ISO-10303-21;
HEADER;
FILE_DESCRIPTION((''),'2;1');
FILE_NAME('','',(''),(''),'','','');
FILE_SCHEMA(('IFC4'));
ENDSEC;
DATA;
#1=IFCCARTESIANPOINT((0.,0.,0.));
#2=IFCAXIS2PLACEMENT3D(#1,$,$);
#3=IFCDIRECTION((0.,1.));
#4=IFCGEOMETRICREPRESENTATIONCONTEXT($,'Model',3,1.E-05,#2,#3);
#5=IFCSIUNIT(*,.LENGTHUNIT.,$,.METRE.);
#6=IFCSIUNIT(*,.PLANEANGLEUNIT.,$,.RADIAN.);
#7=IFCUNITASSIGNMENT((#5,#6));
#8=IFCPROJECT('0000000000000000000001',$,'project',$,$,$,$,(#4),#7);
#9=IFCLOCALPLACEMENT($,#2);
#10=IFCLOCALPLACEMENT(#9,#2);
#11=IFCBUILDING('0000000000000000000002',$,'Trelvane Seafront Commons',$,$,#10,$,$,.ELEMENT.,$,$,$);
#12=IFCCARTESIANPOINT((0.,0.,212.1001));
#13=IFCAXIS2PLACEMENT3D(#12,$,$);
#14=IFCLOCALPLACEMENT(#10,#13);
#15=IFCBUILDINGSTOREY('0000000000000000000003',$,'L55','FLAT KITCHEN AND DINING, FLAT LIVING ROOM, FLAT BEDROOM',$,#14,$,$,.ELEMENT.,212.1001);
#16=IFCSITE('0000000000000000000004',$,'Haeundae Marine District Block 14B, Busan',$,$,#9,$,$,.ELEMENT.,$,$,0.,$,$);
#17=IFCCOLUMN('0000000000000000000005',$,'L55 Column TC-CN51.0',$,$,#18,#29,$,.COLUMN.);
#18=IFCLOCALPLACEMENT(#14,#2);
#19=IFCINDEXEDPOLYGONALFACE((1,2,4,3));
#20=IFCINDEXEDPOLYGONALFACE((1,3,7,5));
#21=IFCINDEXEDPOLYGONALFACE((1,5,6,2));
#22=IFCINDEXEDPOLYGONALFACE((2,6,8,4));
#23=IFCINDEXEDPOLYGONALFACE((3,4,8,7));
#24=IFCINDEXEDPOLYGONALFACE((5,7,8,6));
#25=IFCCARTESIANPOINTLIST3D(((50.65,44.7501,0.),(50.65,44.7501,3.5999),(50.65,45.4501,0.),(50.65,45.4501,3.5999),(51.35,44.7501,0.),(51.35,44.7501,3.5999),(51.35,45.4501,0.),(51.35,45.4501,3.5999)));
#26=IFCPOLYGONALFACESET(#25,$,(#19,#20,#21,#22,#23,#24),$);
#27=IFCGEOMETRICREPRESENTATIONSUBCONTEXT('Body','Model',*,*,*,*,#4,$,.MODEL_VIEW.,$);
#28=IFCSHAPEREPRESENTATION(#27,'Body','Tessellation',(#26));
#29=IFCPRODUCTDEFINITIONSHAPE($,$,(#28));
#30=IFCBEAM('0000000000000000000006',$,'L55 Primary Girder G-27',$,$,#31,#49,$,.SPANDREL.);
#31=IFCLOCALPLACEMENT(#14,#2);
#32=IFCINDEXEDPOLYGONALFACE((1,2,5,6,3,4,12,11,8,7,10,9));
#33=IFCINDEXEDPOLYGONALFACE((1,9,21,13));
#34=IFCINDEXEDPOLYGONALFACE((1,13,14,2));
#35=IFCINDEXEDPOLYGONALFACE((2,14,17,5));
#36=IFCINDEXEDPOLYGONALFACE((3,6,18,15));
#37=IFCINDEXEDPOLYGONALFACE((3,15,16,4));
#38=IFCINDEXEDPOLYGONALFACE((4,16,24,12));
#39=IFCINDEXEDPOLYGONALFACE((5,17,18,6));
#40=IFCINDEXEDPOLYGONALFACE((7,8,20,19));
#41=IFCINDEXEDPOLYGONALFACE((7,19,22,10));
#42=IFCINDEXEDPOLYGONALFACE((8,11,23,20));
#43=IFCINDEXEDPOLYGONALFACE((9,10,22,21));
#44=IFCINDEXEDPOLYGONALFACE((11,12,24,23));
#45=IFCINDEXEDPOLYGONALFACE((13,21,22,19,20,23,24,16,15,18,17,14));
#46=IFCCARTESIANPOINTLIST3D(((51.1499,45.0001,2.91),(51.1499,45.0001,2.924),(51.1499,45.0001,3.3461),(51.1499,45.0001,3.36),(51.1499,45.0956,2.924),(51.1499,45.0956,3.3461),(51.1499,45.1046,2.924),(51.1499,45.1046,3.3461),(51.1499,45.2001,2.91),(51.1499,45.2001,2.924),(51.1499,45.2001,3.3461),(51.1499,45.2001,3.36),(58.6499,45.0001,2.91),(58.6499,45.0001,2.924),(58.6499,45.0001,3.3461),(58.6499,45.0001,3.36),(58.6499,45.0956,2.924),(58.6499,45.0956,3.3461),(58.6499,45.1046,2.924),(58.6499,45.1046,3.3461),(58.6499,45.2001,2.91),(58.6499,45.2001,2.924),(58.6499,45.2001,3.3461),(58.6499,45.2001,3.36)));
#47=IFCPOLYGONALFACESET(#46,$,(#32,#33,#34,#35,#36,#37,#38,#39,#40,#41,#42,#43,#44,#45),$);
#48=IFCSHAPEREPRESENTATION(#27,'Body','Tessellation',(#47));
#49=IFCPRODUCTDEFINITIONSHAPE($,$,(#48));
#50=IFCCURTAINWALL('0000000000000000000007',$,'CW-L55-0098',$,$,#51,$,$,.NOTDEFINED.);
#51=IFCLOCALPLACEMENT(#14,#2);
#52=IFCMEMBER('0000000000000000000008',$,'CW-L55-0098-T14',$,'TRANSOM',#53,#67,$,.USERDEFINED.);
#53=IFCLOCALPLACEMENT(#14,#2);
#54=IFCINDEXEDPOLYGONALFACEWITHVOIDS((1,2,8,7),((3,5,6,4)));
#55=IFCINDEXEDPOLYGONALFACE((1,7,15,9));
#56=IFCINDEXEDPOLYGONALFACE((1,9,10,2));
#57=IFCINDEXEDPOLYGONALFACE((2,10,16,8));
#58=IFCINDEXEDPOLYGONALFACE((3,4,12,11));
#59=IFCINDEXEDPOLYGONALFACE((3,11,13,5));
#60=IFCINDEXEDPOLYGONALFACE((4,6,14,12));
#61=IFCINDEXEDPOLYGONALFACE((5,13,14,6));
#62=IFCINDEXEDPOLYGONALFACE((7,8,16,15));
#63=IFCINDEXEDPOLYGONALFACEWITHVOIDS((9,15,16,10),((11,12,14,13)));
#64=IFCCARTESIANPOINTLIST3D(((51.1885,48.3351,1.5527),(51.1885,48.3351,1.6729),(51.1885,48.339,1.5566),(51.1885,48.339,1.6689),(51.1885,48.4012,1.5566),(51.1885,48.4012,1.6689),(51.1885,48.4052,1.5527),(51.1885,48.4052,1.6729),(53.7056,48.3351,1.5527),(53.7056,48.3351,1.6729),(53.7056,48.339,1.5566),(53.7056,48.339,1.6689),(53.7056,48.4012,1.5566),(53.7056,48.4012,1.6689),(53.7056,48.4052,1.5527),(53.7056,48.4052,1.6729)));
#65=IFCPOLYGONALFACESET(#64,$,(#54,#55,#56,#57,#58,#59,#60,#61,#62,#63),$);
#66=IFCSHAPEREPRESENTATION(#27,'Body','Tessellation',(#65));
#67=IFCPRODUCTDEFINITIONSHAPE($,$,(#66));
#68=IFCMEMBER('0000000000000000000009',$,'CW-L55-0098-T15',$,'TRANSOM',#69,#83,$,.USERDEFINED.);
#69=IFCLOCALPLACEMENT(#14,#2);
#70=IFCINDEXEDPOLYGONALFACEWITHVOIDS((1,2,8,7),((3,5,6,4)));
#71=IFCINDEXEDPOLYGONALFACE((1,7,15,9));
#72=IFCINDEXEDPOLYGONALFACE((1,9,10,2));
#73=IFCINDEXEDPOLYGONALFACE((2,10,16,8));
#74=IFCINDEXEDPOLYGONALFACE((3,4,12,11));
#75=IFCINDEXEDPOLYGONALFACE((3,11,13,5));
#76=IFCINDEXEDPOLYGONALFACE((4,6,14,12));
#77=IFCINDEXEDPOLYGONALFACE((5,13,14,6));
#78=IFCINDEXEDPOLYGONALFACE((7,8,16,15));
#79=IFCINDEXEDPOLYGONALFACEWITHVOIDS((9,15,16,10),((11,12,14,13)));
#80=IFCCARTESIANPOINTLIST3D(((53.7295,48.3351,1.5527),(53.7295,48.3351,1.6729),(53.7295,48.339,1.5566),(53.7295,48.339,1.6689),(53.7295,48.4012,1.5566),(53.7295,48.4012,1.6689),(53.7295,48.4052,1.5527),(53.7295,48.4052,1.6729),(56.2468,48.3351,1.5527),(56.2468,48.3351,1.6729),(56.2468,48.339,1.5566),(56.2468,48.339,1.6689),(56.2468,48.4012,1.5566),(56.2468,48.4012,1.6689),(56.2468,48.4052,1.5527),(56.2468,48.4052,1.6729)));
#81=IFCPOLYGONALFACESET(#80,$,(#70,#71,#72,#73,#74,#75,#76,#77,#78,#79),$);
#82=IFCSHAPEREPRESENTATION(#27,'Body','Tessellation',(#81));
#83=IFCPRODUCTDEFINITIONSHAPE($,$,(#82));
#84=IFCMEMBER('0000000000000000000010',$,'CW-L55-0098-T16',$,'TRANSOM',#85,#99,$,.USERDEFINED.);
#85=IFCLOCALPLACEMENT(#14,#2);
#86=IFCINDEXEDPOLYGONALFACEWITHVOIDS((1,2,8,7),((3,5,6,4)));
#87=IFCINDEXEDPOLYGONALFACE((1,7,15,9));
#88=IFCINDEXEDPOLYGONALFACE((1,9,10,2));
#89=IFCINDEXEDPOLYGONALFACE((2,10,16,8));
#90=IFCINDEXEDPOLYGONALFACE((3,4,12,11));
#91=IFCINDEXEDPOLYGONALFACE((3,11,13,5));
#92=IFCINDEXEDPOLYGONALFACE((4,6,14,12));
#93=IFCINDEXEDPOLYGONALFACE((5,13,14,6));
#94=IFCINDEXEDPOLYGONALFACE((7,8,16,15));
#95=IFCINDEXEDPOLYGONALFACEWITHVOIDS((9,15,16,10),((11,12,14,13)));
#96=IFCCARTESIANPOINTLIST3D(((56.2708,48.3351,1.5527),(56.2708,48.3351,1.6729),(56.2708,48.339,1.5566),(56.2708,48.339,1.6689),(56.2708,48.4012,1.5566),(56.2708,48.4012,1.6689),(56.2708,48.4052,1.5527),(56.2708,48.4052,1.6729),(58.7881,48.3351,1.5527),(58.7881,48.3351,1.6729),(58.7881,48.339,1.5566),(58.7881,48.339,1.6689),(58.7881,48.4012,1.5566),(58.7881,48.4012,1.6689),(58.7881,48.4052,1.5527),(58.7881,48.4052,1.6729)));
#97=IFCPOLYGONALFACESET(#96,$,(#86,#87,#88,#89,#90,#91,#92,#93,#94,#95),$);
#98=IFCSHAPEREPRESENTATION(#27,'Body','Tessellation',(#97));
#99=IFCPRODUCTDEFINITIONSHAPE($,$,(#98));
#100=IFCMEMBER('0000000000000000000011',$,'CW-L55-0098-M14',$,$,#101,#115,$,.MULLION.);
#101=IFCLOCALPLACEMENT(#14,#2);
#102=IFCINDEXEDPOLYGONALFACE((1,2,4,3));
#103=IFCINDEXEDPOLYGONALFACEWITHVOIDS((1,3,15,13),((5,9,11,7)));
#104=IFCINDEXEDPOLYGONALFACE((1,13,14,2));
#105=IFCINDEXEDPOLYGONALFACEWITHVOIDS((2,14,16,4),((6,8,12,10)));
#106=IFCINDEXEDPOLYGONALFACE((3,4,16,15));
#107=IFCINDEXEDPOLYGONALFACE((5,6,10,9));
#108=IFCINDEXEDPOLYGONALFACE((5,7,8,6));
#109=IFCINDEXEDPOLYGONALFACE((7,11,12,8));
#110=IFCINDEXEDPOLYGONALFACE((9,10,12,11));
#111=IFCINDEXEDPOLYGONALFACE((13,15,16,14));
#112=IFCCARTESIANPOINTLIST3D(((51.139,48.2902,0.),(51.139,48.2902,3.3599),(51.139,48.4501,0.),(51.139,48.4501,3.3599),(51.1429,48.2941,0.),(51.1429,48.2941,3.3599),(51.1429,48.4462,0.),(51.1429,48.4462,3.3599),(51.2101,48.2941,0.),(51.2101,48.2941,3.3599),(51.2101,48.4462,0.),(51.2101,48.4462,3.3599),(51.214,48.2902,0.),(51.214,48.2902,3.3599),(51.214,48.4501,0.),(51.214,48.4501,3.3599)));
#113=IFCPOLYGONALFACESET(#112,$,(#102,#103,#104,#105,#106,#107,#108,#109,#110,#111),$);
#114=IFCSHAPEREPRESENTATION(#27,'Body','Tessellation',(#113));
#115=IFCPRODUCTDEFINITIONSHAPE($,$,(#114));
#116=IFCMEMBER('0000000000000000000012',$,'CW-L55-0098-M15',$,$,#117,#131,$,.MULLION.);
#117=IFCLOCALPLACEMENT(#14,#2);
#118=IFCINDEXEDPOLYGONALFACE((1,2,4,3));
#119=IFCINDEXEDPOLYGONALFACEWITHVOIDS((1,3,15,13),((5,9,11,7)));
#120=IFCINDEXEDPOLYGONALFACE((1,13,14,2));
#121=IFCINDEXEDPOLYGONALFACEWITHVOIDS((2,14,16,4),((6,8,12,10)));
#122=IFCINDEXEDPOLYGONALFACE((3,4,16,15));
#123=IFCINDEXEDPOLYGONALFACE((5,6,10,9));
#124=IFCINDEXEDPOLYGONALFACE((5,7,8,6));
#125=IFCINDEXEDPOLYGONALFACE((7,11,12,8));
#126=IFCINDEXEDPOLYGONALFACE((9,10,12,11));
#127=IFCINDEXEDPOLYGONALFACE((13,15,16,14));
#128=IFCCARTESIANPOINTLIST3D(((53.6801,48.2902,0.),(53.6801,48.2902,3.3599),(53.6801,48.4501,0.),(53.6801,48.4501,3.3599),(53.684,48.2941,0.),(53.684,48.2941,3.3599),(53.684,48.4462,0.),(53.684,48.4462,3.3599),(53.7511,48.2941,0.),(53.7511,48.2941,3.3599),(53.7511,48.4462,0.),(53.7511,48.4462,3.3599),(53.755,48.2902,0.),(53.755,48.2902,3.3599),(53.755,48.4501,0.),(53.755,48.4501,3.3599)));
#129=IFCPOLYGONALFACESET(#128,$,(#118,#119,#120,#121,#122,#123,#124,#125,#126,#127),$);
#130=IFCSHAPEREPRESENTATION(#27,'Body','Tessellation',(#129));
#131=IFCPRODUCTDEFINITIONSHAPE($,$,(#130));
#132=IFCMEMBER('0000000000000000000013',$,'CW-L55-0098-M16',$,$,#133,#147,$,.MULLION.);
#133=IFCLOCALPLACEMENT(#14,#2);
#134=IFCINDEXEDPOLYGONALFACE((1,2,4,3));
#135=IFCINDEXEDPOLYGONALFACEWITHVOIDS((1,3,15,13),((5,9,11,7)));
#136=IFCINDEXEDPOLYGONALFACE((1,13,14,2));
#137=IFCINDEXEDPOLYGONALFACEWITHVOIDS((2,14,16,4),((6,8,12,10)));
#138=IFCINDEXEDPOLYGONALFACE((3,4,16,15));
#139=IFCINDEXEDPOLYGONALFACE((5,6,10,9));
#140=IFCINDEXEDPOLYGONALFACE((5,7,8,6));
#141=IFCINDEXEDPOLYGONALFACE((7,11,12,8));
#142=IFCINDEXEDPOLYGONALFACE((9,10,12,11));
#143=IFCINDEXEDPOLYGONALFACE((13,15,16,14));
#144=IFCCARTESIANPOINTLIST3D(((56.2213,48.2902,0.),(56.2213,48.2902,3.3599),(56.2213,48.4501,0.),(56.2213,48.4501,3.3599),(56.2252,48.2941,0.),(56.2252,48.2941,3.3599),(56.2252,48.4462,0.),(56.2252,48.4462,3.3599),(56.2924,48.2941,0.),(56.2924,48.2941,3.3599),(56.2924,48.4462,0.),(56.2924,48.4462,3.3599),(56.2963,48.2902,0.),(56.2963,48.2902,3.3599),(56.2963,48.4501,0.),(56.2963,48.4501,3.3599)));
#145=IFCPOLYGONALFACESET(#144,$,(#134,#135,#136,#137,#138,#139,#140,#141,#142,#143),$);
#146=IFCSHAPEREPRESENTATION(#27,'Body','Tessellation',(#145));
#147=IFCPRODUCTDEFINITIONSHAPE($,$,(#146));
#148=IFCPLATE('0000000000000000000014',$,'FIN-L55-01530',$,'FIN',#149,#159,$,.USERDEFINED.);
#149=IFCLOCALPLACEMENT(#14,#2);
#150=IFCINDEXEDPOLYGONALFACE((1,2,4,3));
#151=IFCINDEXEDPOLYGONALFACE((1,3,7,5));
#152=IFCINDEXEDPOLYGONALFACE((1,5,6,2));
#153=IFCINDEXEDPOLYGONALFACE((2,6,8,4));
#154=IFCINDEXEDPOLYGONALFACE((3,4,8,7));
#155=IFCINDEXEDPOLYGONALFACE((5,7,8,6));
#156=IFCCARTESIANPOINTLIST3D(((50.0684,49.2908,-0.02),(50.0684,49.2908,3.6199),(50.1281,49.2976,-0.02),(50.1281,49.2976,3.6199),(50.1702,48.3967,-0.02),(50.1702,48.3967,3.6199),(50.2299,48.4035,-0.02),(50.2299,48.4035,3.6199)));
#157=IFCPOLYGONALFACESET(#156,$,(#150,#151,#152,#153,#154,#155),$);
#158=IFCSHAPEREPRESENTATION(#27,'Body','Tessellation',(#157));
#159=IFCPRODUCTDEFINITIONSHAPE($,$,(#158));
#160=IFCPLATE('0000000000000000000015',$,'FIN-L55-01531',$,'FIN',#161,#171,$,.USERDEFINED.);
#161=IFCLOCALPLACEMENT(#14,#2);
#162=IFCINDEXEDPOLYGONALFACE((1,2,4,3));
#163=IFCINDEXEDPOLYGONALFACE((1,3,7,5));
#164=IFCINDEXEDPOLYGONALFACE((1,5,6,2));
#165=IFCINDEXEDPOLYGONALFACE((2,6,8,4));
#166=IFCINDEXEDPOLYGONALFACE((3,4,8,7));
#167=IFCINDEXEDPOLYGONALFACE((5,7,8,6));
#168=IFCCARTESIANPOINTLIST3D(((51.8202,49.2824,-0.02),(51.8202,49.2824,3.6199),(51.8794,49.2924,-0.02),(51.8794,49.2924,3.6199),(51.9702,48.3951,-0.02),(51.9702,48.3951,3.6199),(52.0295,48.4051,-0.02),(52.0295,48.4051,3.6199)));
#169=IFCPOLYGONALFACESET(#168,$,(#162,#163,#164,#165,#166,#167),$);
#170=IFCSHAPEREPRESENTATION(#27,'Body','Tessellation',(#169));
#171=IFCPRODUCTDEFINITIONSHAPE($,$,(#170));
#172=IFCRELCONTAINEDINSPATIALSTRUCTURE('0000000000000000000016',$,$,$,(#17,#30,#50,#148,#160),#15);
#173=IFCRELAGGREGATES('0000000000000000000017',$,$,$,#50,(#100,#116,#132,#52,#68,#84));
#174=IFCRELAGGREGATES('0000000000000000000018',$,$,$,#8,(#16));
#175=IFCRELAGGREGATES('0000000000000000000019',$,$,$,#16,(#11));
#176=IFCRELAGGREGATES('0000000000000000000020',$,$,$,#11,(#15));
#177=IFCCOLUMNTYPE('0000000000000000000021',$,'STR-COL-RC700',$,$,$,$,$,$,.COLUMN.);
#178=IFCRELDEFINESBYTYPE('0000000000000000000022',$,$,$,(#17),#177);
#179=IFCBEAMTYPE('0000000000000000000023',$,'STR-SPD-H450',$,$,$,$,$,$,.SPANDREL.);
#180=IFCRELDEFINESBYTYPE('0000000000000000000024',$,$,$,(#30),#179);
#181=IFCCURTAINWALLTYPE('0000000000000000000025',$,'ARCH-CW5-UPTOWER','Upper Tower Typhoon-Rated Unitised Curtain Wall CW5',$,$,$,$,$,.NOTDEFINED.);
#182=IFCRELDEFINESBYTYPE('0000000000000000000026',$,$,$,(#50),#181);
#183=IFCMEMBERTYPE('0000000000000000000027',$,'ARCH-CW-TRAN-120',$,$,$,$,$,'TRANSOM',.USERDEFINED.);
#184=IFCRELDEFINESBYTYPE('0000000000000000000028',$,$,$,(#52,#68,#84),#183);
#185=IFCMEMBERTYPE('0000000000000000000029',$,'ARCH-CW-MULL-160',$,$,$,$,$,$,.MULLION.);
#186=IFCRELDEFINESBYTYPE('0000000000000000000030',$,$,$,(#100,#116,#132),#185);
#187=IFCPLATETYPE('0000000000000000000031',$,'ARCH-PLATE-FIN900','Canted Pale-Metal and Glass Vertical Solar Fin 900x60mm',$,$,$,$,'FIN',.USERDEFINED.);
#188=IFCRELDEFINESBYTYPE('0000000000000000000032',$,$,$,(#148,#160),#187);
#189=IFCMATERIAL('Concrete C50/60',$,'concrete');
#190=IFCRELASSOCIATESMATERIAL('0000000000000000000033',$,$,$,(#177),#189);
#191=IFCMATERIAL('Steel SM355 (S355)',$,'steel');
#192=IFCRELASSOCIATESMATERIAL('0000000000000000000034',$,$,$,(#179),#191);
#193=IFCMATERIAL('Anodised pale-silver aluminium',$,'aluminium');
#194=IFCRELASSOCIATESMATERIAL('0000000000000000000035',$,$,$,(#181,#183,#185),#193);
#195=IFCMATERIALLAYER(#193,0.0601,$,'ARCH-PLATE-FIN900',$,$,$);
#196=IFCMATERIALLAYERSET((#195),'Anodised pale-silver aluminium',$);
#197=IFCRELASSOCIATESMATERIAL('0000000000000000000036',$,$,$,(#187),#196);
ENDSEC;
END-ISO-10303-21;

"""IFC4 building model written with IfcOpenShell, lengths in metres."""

from ifc_helpers import new_model, si_unit, direction, frame, origin, origin_2d, place, context, subcontext, project, spatial, rectangle, hollow_rectangle, i_section, extrude, source, transform, mapped, material, layer, layer_set, material_profile, profile_set, type_object, element, aggregate, save


model = new_model("IFC4")

# Units and contexts
model_context = context("Model", 3, precision=1e-05, world=origin(), true_north=direction((0.0, 1.0)))
body_context = subcontext(model_context, "Body", "Model", "MODEL_VIEW")
ifc_project = project(units=[si_unit("LENGTHUNIT", "METRE"), si_unit("PLANEANGLEUNIT", "RADIAN")], contexts=[model_context])

# Site, building, storey
site_placement = place(None, origin())
site = spatial("IfcSite", under=ifc_project, at=site_placement, Name="Haeundae Marine District Block 14B, Busan", CompositionType="ELEMENT", RefElevation=0.0)
building_placement = place(site_placement, origin())
building = spatial("IfcBuilding", under=site, at=building_placement, Name="Trelvane Seafront Commons", CompositionType="ELEMENT")
storey_placement = place(building_placement, frame((0.0, 0.0, 212.1001)))
storey = spatial("IfcBuildingStorey", under=building, at=storey_placement, Name="L55", Description="FLAT KITCHEN AND DINING, FLAT LIVING ROOM, FLAT BEDROOM", CompositionType="ELEMENT", Elevation=212.1001)

# Column
ifc_material_1 = material(Name="Concrete C50/60", Category="concrete")
ifc_material_profile_1 = material_profile(ifc_material_1, rectangle(XDim=0.7, YDim=0.7, at=origin_2d()), Name="RC-700x700")
ifc_profile_set_1 = profile_set([ifc_material_profile_1], Name="Concrete C50/60")
column_type = type_object("IfcColumnType", Name="STR-COL-RC700", PredefinedType="COLUMN", material=ifc_profile_set_1)
shared_shape_1 = source(origin(), body_context, "Body", "SweptSolid", [
    extrude(rectangle(XDim=0.7, YDim=0.7, at=origin_2d()), origin(), (0.0, 0.0, 1.0), 3.5999),
])
column_placement = place(storey_placement, frame((51.0, 45.1001, 0.0), z_axis=(0.0, 0.0, 1.0), x_axis=(1.0, 0.0, 0.0)))
element("IfcColumn", 1, at=column_placement, inside=storey, type_object=column_type, Name="L55 Column TC-CN51.0", PredefinedType="COLUMN", context=body_context, shape_type="MappedRepresentation", body=[
    mapped(shared_shape_1, transform((0.0, 0.0, 0.0), x_axis=(1.0, 0.0, 0.0), y_axis=(0.0, 1.0, 0.0), z_axis=(0.0, 0.0, 1.0), scale=1.0)),
])

# Beam
ifc_material_2 = material(Name="Steel SM355 (S355)", Category="steel")
ifc_material_profile_2 = material_profile(ifc_material_2, i_section(OverallWidth=0.2, OverallDepth=0.45, WebThickness=0.009, FlangeThickness=0.0139, at=origin_2d()), Name="H-450x200x9x14")
ifc_profile_set_2 = profile_set([ifc_material_profile_2], Name="Steel SM355 (S355)")
beam_type = type_object("IfcBeamType", Name="STR-SPD-H450", PredefinedType="SPANDREL", material=ifc_profile_set_2)
shared_shape_2 = source(origin(), body_context, "Body", "SweptSolid", [
    extrude(i_section(OverallWidth=0.2, OverallDepth=0.45, WebThickness=0.009, FlangeThickness=0.0139, at=origin_2d()), origin(), (0.0, 0.0, 1.0), 7.5),
])
beam_placement = place(storey_placement, frame((51.1499, 45.1001, 3.135), z_axis=(1.0, 0.0, 0.0), x_axis=(0.0, 1.0, 0.0)))
element("IfcBeam", 2, at=beam_placement, inside=storey, type_object=beam_type, Name="L55 Primary Girder G-27", PredefinedType="SPANDREL", context=body_context, shape_type="MappedRepresentation", body=[
    mapped(shared_shape_2, transform((0.0, 0.0, 0.0), x_axis=(1.0, 0.0, 0.0), y_axis=(0.0, 1.0, 0.0), z_axis=(0.0, 0.0, 1.0), scale=1.0)),
])

# Curtain wall, members
ifc_material_3 = material(Name="Anodised pale-silver aluminium", Category="aluminium")
curtain_wall_type = type_object("IfcCurtainWallType", Name="ARCH-CW5-UPTOWER", Description="Upper Tower Typhoon-Rated Unitised Curtain Wall CW5", PredefinedType="NOTDEFINED", material=ifc_material_3)
curtain_wall_placement = place(storey_placement, origin())
curtain_wall = element("IfcCurtainWall", 3, at=curtain_wall_placement, inside=storey, type_object=curtain_wall_type, Name="CW-L55-0098", PredefinedType="NOTDEFINED")
ifc_material_profile_3 = material_profile(ifc_material_3, hollow_rectangle(XDim=0.0701, YDim=0.1201, WallThickness=0.0039, at=origin_2d()), Name="TRAN-70x120x4")
ifc_profile_set_3 = profile_set([ifc_material_profile_3], Name="Anodised pale-silver aluminium")
member_type_1 = type_object("IfcMemberType", Name="ARCH-CW-TRAN-120", ElementType="TRANSOM", PredefinedType="USERDEFINED", material=ifc_profile_set_3)
shared_shape_3 = source(origin(), body_context, "Body", "SweptSolid", [
    extrude(hollow_rectangle(XDim=0.0701, YDim=0.1201, WallThickness=0.0039, at=origin_2d()), origin(), (0.0, 0.0, 1.0), 2.5171),
])
member_1_placement = place(storey_placement, frame((51.1885, 48.3701, 1.6128), z_axis=(1.0, 0.0, 0.0), x_axis=(0.0, 1.0, 0.0)))
member_1 = element("IfcMember", 4, at=member_1_placement, type_object=member_type_1, Name="CW-L55-0098-T14", ObjectType="TRANSOM", PredefinedType="USERDEFINED", context=body_context, shape_type="MappedRepresentation", body=[
    mapped(shared_shape_3, transform((0.0, 0.0, 0.0), x_axis=(1.0, 0.0, 0.0), y_axis=(0.0, 1.0, 0.0), z_axis=(0.0, 0.0, 1.0), scale=1.0)),
])
shared_shape_4 = source(origin(), body_context, "Body", "SweptSolid", [
    extrude(hollow_rectangle(XDim=0.0701, YDim=0.1201, WallThickness=0.0039, at=origin_2d()), origin(), (0.0, 0.0, 1.0), 2.5173),
])
member_2_placement = place(storey_placement, frame((53.7295, 48.3701, 1.6128), z_axis=(1.0, 0.0, 0.0), x_axis=(0.0, 1.0, 0.0)))
member_2 = element("IfcMember", 5, at=member_2_placement, type_object=member_type_1, Name="CW-L55-0098-T15", ObjectType="TRANSOM", PredefinedType="USERDEFINED", context=body_context, shape_type="MappedRepresentation", body=[
    mapped(shared_shape_4, transform((0.0, 0.0, 0.0), x_axis=(1.0, 0.0, 0.0), y_axis=(0.0, 1.0, 0.0), z_axis=(0.0, 0.0, 1.0), scale=1.0)),
])
member_3_placement = place(storey_placement, frame((56.2708, 48.3701, 1.6128), z_axis=(1.0, 0.0, 0.0), x_axis=(0.0, 1.0, 0.0)))
member_3 = element("IfcMember", 6, at=member_3_placement, type_object=member_type_1, Name="CW-L55-0098-T16", ObjectType="TRANSOM", PredefinedType="USERDEFINED", context=body_context, shape_type="MappedRepresentation", body=[
    mapped(shared_shape_4, transform((0.0, 0.0, 0.0), x_axis=(1.0, 0.0, 0.0), y_axis=(0.0, 1.0, 0.0), z_axis=(0.0, 0.0, 1.0), scale=1.0)),
])
ifc_material_profile_4 = material_profile(ifc_material_3, hollow_rectangle(XDim=0.075, YDim=0.1599, WallThickness=0.0039, at=origin_2d()), Name="MULL-75x160x4")
ifc_profile_set_4 = profile_set([ifc_material_profile_4], Name="Anodised pale-silver aluminium")
member_type_2 = type_object("IfcMemberType", Name="ARCH-CW-MULL-160", PredefinedType="MULLION", material=ifc_profile_set_4)
shared_shape_5 = source(origin(), body_context, "Body", "SweptSolid", [
    extrude(hollow_rectangle(XDim=0.075, YDim=0.1599, WallThickness=0.0039, at=origin_2d()), origin(), (0.0, 0.0, 1.0), 3.3599),
])
member_4_placement = place(storey_placement, frame((51.1765, 48.3701, 0.0), z_axis=(0.0, 0.0, 1.0), x_axis=(1.0, 0.0, 0.0)))
member_4 = element("IfcMember", 7, at=member_4_placement, type_object=member_type_2, Name="CW-L55-0098-M14", PredefinedType="MULLION", context=body_context, shape_type="MappedRepresentation", body=[
    mapped(shared_shape_5, transform((0.0, 0.0, 0.0), x_axis=(1.0, 0.0, 0.0), y_axis=(0.0, 1.0, 0.0), z_axis=(0.0, 0.0, 1.0), scale=1.0)),
])
member_5_placement = place(storey_placement, frame((53.7175, 48.3701, 0.0), z_axis=(0.0, 0.0, 1.0), x_axis=(1.0, 0.0, 0.0)))
member_5 = element("IfcMember", 8, at=member_5_placement, type_object=member_type_2, Name="CW-L55-0098-M15", PredefinedType="MULLION", context=body_context, shape_type="MappedRepresentation", body=[
    mapped(shared_shape_5, transform((0.0, 0.0, 0.0), x_axis=(1.0, 0.0, 0.0), y_axis=(0.0, 1.0, 0.0), z_axis=(0.0, 0.0, 1.0), scale=1.0)),
])
member_6_placement = place(storey_placement, frame((56.2588, 48.3701, 0.0), z_axis=(0.0, 0.0, 1.0), x_axis=(1.0, 0.0, 0.0)))
member_6 = element("IfcMember", 9, at=member_6_placement, type_object=member_type_2, Name="CW-L55-0098-M16", PredefinedType="MULLION", context=body_context, shape_type="MappedRepresentation", body=[
    mapped(shared_shape_5, transform((0.0, 0.0, 0.0), x_axis=(1.0, 0.0, 0.0), y_axis=(0.0, 1.0, 0.0), z_axis=(0.0, 0.0, 1.0), scale=1.0)),
])

# Plates
ifc_layer_1 = layer(ifc_material_3, 0.0601, Name="ARCH-PLATE-FIN900")
ifc_layer_set_1 = layer_set([ifc_layer_1], Name="Anodised pale-silver aluminium")
plate_type_1 = type_object("IfcPlateType", Name="ARCH-PLATE-FIN900", Description="Canted Pale-Metal and Glass Vertical Solar Fin 900x60mm", ElementType="FIN", PredefinedType="USERDEFINED", material=ifc_layer_set_1)
shared_shape_6 = source(origin(), body_context, "Body", "SweptSolid", [
    extrude(rectangle(XDim=0.8999, YDim=0.0601, at=origin_2d()), origin(), (0.0, 0.0, 1.0), 3.6399),
])
for number, where, z_axis, x_axis, name in (
    (10, (50.1492, 48.8472, -0.02), (0.0, 0.0, 1.0), (-0.113115, 0.993582, 0.0), "FIN-L55-01530"),
    (11, (51.9248, 48.8438, -0.02), (0.0, 0.0, 1.0), (-0.166777, 0.985995, 0.0), "FIN-L55-01531"),
):
    element("IfcPlate", number, at=place(storey_placement, frame(where, z_axis=z_axis, x_axis=x_axis)), inside=storey, type_object=plate_type_1, Name=name, ObjectType="FIN", PredefinedType="USERDEFINED", context=body_context, shape_type="MappedRepresentation", body=[
        mapped(shared_shape_6, transform((0.0, 0.0, 0.0), x_axis=(1.0, 0.0, 0.0), y_axis=(0.0, 1.0, 0.0), z_axis=(0.0, 0.0, 1.0), scale=1.0)),
    ])

aggregate(curtain_wall, [member_4, member_5, member_6, member_1, member_2, member_3])

save(model, "model.ifc")
